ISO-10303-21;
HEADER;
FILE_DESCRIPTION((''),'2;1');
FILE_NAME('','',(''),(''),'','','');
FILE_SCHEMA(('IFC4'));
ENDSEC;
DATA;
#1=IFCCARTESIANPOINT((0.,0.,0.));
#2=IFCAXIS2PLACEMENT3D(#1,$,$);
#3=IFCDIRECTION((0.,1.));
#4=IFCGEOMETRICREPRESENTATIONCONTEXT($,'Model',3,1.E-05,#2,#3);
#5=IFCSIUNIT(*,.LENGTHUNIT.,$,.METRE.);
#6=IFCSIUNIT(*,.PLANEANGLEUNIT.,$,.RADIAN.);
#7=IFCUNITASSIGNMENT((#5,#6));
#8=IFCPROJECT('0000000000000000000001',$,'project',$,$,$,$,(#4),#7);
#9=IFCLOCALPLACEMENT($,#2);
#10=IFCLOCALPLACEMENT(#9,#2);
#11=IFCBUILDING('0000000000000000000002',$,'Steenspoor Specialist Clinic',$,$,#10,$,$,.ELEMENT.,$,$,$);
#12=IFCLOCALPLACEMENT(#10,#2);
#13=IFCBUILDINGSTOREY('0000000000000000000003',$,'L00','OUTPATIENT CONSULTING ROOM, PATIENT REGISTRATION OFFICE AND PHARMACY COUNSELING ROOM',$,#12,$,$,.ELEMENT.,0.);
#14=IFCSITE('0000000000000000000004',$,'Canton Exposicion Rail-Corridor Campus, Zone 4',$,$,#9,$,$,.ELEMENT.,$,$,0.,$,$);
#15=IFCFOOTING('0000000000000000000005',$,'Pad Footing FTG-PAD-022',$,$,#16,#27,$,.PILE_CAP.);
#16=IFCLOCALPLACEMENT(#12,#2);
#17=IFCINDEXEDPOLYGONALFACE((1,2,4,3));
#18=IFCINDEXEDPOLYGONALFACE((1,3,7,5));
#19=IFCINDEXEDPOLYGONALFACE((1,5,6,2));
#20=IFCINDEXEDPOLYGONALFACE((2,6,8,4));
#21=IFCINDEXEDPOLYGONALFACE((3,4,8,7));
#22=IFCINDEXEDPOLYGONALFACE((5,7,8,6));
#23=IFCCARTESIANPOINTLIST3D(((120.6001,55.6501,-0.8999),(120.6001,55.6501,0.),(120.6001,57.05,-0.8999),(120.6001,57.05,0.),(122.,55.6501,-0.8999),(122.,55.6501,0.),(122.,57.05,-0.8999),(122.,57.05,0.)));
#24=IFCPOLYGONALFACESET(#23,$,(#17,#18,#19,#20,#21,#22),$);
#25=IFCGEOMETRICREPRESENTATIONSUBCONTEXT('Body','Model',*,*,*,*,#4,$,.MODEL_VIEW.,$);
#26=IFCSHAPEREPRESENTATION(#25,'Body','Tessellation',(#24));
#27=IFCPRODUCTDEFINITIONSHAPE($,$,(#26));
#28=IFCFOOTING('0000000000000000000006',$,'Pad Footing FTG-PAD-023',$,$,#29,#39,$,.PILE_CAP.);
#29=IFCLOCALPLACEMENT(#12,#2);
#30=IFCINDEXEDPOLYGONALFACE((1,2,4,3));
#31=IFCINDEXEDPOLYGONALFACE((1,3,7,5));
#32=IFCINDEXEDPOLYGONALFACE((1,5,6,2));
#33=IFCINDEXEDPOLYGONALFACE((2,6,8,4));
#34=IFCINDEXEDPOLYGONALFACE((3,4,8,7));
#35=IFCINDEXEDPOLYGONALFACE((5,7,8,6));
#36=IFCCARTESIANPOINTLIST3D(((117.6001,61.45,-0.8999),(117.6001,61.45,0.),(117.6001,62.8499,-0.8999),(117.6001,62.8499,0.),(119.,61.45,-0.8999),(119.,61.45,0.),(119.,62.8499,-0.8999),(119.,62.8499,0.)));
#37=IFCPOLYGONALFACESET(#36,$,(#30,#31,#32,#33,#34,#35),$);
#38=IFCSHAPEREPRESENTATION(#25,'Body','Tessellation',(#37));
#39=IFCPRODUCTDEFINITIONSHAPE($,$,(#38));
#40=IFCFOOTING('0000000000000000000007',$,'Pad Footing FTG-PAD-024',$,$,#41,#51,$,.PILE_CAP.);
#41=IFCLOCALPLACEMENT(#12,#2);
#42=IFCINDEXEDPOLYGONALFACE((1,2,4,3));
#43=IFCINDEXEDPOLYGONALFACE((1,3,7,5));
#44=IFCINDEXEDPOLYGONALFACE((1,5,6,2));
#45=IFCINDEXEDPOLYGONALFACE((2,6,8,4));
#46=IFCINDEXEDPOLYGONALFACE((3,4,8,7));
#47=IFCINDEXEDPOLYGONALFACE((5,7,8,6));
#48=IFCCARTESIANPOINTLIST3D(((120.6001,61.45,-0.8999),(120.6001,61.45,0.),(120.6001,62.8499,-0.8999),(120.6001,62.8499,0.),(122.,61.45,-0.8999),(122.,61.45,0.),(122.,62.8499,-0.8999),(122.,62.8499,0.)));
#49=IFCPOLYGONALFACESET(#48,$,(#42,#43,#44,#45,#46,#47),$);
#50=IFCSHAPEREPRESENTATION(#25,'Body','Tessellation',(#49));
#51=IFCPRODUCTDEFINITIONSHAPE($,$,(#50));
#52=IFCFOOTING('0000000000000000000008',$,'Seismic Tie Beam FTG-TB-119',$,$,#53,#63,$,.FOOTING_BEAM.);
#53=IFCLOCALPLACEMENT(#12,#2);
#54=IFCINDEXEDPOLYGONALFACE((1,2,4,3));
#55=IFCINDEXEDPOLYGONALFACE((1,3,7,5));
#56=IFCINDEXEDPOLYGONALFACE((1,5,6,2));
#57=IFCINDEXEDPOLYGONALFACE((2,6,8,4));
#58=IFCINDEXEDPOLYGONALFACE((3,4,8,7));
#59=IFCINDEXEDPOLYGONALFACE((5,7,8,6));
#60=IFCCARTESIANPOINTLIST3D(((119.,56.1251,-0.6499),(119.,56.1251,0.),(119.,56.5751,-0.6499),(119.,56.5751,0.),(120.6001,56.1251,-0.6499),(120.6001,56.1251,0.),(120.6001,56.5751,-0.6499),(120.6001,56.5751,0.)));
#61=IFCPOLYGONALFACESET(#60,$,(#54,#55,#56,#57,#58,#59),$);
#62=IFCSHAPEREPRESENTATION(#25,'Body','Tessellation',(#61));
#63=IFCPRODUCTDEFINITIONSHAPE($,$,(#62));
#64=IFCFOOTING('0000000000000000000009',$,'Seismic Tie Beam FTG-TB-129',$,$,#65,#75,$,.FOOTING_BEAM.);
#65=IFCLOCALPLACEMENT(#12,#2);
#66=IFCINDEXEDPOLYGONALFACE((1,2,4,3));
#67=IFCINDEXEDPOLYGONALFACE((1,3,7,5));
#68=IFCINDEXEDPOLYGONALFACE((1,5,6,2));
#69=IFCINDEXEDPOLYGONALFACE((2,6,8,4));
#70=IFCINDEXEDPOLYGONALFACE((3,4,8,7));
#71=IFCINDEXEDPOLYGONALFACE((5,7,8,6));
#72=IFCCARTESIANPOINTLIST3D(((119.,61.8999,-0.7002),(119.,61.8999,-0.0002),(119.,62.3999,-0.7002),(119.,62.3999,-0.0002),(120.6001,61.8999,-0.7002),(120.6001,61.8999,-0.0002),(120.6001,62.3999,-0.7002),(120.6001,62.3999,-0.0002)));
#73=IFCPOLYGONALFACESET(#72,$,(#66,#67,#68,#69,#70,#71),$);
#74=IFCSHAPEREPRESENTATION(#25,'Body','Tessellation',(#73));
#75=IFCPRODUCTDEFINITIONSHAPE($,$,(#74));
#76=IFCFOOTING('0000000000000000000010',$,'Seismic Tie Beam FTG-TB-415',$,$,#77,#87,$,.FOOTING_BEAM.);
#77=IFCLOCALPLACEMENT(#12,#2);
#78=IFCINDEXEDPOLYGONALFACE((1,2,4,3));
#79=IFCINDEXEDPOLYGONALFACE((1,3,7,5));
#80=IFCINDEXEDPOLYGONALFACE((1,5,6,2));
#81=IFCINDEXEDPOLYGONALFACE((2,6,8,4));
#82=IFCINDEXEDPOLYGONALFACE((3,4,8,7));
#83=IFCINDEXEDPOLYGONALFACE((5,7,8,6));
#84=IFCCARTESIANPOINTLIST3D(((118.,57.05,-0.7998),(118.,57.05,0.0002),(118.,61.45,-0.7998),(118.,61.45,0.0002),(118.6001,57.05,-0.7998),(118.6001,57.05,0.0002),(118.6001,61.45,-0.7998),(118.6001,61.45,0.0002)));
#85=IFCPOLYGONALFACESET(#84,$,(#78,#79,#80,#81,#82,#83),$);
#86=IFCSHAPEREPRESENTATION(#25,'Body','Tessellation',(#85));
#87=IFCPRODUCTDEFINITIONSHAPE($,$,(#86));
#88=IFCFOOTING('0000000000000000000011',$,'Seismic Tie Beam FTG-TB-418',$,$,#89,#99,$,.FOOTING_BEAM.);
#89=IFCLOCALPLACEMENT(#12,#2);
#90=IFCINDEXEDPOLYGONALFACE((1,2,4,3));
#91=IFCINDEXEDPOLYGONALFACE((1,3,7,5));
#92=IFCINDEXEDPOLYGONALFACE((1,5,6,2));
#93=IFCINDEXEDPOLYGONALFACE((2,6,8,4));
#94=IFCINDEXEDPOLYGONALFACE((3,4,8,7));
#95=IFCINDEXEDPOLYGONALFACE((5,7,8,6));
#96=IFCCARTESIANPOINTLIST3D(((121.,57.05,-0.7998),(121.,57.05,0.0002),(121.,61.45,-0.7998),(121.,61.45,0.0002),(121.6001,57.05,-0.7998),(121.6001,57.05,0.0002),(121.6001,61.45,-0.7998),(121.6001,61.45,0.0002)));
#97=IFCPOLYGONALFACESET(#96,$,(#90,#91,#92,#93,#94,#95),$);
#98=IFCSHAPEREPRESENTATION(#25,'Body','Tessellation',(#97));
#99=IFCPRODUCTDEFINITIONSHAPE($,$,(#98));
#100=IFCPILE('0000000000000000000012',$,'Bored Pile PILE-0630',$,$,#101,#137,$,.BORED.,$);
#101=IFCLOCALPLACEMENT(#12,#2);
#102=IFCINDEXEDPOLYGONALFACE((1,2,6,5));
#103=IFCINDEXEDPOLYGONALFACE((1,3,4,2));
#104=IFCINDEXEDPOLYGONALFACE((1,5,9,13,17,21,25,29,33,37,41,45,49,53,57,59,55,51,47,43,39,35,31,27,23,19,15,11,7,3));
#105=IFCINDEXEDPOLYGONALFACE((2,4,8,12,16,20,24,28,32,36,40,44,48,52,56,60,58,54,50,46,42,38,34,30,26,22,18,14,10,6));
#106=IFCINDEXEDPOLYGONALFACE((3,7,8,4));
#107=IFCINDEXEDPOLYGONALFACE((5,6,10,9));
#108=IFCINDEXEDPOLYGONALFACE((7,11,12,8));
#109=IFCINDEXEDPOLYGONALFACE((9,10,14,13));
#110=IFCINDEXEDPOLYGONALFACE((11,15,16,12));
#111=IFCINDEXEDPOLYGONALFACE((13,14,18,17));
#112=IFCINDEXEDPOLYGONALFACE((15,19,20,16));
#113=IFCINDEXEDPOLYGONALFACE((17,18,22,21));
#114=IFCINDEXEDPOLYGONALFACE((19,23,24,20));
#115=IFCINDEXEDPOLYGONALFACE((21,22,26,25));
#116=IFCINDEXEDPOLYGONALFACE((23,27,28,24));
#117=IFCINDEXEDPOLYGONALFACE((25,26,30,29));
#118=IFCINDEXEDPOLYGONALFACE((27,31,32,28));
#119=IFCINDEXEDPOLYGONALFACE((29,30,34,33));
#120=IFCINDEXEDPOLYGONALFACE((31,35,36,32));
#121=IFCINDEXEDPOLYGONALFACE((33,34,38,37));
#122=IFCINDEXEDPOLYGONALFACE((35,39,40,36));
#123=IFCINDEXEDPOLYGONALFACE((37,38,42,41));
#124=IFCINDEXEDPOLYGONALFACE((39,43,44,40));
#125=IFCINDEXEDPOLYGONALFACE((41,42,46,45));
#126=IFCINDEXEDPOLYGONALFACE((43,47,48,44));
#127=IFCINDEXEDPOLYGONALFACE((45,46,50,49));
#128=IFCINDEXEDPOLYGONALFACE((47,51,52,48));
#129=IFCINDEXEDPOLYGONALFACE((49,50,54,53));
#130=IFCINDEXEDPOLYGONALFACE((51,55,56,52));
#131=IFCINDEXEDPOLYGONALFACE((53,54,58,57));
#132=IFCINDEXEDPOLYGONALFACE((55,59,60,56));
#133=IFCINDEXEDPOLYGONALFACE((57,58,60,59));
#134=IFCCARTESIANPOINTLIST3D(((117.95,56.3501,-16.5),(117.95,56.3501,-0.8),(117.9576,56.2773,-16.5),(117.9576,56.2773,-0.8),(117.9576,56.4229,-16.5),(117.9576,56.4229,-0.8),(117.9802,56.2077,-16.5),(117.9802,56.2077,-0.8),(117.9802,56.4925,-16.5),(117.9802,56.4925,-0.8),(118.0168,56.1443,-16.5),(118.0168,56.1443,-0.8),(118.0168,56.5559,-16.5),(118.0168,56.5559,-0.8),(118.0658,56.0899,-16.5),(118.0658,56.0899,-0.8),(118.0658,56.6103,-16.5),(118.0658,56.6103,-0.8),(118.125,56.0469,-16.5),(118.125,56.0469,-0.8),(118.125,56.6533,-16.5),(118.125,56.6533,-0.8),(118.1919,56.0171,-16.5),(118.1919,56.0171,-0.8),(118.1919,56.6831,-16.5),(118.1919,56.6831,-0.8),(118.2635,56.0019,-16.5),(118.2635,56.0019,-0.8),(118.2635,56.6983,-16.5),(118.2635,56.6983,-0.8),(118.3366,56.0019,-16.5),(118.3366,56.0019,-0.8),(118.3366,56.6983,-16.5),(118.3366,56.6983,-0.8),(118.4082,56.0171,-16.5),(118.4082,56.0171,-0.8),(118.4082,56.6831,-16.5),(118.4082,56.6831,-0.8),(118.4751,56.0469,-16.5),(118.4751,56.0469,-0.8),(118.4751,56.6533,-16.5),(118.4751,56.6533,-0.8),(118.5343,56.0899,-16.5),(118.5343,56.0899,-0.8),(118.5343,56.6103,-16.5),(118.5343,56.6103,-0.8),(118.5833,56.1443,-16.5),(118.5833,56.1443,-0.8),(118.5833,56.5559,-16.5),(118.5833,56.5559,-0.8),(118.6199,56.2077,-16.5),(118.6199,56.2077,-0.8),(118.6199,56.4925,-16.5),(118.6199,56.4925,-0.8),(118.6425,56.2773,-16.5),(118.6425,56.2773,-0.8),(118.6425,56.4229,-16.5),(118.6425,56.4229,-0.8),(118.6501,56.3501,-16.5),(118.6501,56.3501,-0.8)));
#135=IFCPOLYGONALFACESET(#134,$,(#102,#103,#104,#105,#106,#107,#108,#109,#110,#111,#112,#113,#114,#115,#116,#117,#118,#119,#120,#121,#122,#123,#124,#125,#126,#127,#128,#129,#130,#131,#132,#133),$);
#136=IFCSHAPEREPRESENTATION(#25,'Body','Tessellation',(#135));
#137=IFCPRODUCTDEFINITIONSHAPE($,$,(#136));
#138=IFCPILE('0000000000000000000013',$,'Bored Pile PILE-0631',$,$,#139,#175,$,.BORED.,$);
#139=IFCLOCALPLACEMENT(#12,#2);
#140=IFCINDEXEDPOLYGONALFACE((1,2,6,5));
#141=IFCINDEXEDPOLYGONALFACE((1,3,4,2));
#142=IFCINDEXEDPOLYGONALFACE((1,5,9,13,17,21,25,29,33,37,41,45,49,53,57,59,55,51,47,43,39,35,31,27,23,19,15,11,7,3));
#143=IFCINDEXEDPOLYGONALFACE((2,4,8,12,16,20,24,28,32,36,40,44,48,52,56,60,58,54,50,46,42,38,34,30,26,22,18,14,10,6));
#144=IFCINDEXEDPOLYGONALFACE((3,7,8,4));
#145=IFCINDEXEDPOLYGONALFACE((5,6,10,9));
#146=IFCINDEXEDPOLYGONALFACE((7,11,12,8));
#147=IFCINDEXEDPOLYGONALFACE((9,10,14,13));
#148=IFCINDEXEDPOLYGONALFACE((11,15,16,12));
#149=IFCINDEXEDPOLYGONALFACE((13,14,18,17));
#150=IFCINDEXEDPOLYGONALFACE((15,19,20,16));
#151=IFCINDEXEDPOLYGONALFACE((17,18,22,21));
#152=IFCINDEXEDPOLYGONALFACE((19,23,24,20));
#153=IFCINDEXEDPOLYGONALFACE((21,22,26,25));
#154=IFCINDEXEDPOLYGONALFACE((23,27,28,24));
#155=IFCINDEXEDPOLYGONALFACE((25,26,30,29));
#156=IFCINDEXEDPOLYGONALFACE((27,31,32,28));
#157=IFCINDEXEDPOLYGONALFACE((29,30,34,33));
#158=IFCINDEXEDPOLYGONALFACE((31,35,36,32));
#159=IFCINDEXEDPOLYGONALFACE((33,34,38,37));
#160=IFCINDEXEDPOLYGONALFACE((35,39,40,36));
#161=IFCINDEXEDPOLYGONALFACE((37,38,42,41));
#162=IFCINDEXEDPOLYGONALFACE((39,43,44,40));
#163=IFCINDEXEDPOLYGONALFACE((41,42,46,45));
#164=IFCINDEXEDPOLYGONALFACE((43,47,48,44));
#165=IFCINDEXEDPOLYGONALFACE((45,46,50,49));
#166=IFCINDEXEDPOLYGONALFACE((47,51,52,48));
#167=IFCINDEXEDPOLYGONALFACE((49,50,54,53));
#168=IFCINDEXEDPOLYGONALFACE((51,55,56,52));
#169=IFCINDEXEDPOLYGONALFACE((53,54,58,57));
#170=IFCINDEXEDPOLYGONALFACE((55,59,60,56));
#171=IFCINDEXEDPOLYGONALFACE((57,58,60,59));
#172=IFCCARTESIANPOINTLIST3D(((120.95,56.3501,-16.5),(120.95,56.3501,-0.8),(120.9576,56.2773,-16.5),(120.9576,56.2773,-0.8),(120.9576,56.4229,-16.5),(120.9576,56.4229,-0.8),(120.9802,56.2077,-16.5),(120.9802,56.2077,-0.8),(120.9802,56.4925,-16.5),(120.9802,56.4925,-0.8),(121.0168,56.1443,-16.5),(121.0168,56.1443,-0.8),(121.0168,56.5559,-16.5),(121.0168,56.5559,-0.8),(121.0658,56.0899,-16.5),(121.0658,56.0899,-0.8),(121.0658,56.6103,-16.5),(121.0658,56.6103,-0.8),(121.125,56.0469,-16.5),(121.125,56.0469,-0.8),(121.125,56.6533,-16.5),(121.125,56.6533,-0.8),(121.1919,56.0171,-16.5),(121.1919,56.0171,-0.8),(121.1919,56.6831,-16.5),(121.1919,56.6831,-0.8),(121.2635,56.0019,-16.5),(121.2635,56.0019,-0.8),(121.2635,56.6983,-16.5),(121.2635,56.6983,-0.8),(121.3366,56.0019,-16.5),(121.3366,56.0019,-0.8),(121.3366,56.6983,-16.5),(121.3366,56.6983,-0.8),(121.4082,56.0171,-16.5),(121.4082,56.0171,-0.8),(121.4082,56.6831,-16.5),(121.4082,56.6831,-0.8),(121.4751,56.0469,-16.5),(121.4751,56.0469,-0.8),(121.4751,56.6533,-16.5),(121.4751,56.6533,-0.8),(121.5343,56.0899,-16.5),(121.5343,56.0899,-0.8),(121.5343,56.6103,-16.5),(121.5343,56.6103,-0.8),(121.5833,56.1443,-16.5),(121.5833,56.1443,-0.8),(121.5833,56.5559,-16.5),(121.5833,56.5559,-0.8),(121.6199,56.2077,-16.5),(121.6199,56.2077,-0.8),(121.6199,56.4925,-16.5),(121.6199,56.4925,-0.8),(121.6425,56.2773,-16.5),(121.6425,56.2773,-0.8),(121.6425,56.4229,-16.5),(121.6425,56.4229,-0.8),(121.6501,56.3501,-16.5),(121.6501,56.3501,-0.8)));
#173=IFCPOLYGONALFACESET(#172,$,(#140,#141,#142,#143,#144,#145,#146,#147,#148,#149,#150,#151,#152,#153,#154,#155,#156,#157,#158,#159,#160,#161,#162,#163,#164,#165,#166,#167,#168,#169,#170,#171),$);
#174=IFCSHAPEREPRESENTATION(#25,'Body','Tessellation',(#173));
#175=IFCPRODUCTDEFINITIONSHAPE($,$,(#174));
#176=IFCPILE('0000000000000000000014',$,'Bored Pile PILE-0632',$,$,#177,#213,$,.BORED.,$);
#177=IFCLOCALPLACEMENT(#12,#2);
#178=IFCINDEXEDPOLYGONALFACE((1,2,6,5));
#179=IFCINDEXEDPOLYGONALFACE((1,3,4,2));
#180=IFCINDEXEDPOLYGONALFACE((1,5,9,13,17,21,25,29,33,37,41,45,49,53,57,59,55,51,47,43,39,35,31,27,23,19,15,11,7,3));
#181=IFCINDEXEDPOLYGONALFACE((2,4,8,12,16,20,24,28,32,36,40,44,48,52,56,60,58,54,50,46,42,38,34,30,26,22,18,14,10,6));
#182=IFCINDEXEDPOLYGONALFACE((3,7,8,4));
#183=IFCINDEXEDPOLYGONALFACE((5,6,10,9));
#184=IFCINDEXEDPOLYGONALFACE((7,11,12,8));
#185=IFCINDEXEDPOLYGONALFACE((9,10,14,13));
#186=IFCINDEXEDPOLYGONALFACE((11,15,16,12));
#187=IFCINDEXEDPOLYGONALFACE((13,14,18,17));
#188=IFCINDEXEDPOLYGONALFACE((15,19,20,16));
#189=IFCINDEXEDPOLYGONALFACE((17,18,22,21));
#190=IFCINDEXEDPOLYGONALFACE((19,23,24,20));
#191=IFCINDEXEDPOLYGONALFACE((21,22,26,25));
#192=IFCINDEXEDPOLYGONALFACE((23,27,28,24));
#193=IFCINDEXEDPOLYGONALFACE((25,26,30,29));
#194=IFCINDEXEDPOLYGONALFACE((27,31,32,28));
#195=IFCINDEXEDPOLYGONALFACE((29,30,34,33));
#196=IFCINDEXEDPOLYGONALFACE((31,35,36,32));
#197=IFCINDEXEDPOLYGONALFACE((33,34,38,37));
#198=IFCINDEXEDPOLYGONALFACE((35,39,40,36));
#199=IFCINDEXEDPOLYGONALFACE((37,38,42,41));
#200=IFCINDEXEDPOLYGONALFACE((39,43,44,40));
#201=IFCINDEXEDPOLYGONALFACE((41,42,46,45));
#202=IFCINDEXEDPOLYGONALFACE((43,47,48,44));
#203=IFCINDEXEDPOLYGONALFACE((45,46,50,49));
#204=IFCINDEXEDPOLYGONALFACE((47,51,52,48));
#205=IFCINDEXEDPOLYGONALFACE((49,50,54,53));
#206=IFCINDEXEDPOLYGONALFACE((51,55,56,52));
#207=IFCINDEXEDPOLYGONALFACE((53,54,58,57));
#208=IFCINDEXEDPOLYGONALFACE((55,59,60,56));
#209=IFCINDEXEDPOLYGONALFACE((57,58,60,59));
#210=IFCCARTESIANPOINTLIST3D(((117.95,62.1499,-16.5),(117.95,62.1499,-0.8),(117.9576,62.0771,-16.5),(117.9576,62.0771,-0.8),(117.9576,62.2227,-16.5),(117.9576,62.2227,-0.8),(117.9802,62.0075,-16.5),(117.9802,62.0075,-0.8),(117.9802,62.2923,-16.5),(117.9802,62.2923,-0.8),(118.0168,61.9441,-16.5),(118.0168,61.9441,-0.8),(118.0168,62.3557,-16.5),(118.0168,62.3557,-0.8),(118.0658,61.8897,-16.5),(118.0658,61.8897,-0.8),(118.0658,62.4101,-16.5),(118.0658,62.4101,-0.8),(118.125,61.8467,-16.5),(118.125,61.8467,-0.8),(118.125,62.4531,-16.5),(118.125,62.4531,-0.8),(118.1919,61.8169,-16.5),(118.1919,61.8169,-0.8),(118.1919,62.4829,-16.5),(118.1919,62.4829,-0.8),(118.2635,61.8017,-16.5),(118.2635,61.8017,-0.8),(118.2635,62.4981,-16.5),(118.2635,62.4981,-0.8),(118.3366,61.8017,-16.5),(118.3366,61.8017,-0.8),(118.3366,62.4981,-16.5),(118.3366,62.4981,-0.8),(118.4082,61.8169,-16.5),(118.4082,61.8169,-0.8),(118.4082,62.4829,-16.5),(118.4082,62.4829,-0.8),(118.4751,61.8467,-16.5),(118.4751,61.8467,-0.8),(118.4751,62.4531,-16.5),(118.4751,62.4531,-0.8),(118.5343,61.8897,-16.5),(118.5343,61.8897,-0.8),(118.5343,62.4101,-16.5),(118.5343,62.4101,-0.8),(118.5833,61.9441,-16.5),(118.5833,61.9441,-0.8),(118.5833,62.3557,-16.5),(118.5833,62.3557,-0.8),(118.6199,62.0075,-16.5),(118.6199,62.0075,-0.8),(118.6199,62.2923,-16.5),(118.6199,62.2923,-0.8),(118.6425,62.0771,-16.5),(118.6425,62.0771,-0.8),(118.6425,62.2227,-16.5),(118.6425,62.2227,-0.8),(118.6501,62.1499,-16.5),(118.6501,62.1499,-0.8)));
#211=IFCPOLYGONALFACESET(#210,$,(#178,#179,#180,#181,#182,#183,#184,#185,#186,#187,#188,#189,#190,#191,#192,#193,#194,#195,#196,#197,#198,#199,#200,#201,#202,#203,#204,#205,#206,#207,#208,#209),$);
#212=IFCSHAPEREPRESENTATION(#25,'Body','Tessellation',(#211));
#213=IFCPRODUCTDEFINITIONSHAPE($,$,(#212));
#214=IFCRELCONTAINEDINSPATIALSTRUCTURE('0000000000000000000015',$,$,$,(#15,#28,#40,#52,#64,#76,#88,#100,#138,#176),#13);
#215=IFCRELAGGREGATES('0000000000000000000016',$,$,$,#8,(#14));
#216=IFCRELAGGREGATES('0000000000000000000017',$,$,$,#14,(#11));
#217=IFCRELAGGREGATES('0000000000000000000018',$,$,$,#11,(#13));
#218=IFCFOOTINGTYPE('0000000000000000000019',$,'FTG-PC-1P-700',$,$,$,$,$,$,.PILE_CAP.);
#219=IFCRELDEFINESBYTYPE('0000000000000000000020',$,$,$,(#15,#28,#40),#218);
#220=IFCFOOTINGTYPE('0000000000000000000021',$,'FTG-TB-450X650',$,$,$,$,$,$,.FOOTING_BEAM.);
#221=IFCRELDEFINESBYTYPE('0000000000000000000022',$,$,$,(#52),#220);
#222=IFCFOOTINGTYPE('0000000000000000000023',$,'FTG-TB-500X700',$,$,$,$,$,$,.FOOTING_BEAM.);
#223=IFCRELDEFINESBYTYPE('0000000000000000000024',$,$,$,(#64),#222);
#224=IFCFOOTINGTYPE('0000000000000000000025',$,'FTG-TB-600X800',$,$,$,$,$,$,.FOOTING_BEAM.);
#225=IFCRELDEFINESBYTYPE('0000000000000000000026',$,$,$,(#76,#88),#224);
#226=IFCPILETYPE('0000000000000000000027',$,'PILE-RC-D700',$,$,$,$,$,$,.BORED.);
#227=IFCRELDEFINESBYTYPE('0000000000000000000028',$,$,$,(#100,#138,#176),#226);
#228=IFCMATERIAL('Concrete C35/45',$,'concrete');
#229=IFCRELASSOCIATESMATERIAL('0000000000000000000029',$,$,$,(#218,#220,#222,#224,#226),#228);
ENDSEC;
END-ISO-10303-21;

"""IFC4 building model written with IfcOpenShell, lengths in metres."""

from ifc_helpers import new_model, si_unit, direction, frame, origin, origin_2d, place, context, subcontext, project, spatial, rectangle, circle, extrude, material, material_profile, profile_set, type_object, element, save


model = new_model("IFC4")

# Units and contexts
model_context = context("Model", 3, precision=1e-05, world=origin(), true_north=direction((0.0, 1.0)))
body_context = subcontext(model_context, "Body", "Model", "MODEL_VIEW")
ifc_project = project(units=[si_unit("LENGTHUNIT", "METRE"), si_unit("PLANEANGLEUNIT", "RADIAN")], contexts=[model_context])

# Site, building, storey
site_placement = place(None, origin())
site = spatial("IfcSite", under=ifc_project, at=site_placement, Name="Canton Exposicion Rail-Corridor Campus, Zone 4", CompositionType="ELEMENT", RefElevation=0.0)
building_placement = place(site_placement, origin())
building = spatial("IfcBuilding", under=site, at=building_placement, Name="Steenspoor Specialist Clinic", CompositionType="ELEMENT")
storey_placement = place(building_placement, origin())
storey = spatial("IfcBuildingStorey", under=building, at=storey_placement, Name="L00", Description="OUTPATIENT CONSULTING ROOM, PATIENT REGISTRATION OFFICE AND PHARMACY COUNSELING ROOM", CompositionType="ELEMENT", Elevation=0.0)

# Footings
ifc_material_1 = material(Name="Concrete C35/45", Category="concrete")
footing_type_1 = type_object("IfcFootingType", Name="FTG-PC-1P-700", PredefinedType="PILE_CAP", material=ifc_material_1)
for number, where, z_axis, x_axis, name in (
    (1, (121.3, 56.3501, -0.8999), (0.0, 0.0, 1.0), (1.0, 0.0, 0.0), "Pad Footing FTG-PAD-022"),
    (2, (118.3, 62.1499, -0.8999), (0.0, 0.0, 1.0), (1.0, 0.0, 0.0), "Pad Footing FTG-PAD-023"),
    (3, (121.3, 62.1499, -0.8999), (0.0, 0.0, 1.0), (1.0, 0.0, 0.0), "Pad Footing FTG-PAD-024"),
):
    element("IfcFooting", number, at=place(storey_placement, frame(where, z_axis=z_axis, x_axis=x_axis)), inside=storey, type_object=footing_type_1, Name=name, PredefinedType="PILE_CAP", context=body_context, shape_type="SweptSolid", body=[
        extrude(rectangle(XDim=1.3999, YDim=1.3999, at=origin_2d()), origin(), (0.0, 0.0, 1.0), 0.8999),
    ])
footing_type_2 = type_object("IfcFootingType", Name="FTG-TB-450X650", PredefinedType="FOOTING_BEAM", material=ifc_material_1)
footing_1_placement = place(storey_placement, frame((119.8, 56.3501, -0.6499), z_axis=(0.0, 0.0, 1.0), x_axis=(1.0, 0.0, 0.0)))
element("IfcFooting", 4, at=footing_1_placement, inside=storey, type_object=footing_type_2, Name="Seismic Tie Beam FTG-TB-119", PredefinedType="FOOTING_BEAM", context=body_context, shape_type="SweptSolid", body=[
    extrude(rectangle(XDim=1.6001, YDim=0.45, at=origin_2d()), origin(), (0.0, 0.0, 1.0), 0.6499),
])
footing_type_3 = type_object("IfcFootingType", Name="FTG-TB-500X700", PredefinedType="FOOTING_BEAM", material=ifc_material_1)
footing_2_placement = place(storey_placement, frame((119.8, 62.1499, -0.7002), z_axis=(0.0, 0.0, 1.0), x_axis=(1.0, 0.0, 0.0)))
element("IfcFooting", 5, at=footing_2_placement, inside=storey, type_object=footing_type_3, Name="Seismic Tie Beam FTG-TB-129", PredefinedType="FOOTING_BEAM", context=body_context, shape_type="SweptSolid", body=[
    extrude(rectangle(XDim=1.6001, YDim=0.5, at=origin_2d()), origin(), (0.0, 0.0, 1.0), 0.7),
])
footing_type_4 = type_object("IfcFootingType", Name="FTG-TB-600X800", PredefinedType="FOOTING_BEAM", material=ifc_material_1)
for number, where, z_axis, x_axis, name in (
    (6, (118.3, 59.25, -0.7998), (0.0, 0.0, 1.0), (1.0, 0.0, 0.0), "Seismic Tie Beam FTG-TB-415"),
    (7, (121.3, 59.25, -0.7998), (0.0, 0.0, 1.0), (1.0, 0.0, 0.0), "Seismic Tie Beam FTG-TB-418"),
):
    element("IfcFooting", number, at=place(storey_placement, frame(where, z_axis=z_axis, x_axis=x_axis)), inside=storey, type_object=footing_type_4, Name=name, PredefinedType="FOOTING_BEAM", context=body_context, shape_type="SweptSolid", body=[
        extrude(rectangle(XDim=0.6001, YDim=4.3999, at=origin_2d()), origin(), (0.0, 0.0, 1.0), 0.8),
    ])

# Piles
ifc_material_profile_1 = material_profile(ifc_material_1, circle(Radius=0.3501, at=origin_2d()), Name="PILE-D700")
ifc_profile_set_1 = profile_set([ifc_material_profile_1], Name="Concrete C35/45")
pile_type = type_object("IfcPileType", Name="PILE-RC-D700", PredefinedType="BORED", material=ifc_profile_set_1)
for number, where, z_axis, x_axis, name in (
    (8, (118.3, 56.3501, -0.8), (0.0, 0.0, -1.0), (1.0, 0.0, 0.0), "Bored Pile PILE-0630"),
    (9, (121.3, 56.3501, -0.8), (0.0, 0.0, -1.0), (1.0, 0.0, 0.0), "Bored Pile PILE-0631"),
    (10, (118.3, 62.1499, -0.8), (0.0, 0.0, -1.0), (1.0, 0.0, 0.0), "Bored Pile PILE-0632"),
):
    element("IfcPile", number, at=place(storey_placement, frame(where, z_axis=z_axis, x_axis=x_axis)), inside=storey, type_object=pile_type, Name=name, PredefinedType="BORED", context=body_context, shape_type="SweptSolid", body=[
        extrude(circle(Radius=0.3501, at=origin_2d()), origin(), (0.0, 0.0, 1.0), 15.7),
    ])

save(model, "model.ifc")
